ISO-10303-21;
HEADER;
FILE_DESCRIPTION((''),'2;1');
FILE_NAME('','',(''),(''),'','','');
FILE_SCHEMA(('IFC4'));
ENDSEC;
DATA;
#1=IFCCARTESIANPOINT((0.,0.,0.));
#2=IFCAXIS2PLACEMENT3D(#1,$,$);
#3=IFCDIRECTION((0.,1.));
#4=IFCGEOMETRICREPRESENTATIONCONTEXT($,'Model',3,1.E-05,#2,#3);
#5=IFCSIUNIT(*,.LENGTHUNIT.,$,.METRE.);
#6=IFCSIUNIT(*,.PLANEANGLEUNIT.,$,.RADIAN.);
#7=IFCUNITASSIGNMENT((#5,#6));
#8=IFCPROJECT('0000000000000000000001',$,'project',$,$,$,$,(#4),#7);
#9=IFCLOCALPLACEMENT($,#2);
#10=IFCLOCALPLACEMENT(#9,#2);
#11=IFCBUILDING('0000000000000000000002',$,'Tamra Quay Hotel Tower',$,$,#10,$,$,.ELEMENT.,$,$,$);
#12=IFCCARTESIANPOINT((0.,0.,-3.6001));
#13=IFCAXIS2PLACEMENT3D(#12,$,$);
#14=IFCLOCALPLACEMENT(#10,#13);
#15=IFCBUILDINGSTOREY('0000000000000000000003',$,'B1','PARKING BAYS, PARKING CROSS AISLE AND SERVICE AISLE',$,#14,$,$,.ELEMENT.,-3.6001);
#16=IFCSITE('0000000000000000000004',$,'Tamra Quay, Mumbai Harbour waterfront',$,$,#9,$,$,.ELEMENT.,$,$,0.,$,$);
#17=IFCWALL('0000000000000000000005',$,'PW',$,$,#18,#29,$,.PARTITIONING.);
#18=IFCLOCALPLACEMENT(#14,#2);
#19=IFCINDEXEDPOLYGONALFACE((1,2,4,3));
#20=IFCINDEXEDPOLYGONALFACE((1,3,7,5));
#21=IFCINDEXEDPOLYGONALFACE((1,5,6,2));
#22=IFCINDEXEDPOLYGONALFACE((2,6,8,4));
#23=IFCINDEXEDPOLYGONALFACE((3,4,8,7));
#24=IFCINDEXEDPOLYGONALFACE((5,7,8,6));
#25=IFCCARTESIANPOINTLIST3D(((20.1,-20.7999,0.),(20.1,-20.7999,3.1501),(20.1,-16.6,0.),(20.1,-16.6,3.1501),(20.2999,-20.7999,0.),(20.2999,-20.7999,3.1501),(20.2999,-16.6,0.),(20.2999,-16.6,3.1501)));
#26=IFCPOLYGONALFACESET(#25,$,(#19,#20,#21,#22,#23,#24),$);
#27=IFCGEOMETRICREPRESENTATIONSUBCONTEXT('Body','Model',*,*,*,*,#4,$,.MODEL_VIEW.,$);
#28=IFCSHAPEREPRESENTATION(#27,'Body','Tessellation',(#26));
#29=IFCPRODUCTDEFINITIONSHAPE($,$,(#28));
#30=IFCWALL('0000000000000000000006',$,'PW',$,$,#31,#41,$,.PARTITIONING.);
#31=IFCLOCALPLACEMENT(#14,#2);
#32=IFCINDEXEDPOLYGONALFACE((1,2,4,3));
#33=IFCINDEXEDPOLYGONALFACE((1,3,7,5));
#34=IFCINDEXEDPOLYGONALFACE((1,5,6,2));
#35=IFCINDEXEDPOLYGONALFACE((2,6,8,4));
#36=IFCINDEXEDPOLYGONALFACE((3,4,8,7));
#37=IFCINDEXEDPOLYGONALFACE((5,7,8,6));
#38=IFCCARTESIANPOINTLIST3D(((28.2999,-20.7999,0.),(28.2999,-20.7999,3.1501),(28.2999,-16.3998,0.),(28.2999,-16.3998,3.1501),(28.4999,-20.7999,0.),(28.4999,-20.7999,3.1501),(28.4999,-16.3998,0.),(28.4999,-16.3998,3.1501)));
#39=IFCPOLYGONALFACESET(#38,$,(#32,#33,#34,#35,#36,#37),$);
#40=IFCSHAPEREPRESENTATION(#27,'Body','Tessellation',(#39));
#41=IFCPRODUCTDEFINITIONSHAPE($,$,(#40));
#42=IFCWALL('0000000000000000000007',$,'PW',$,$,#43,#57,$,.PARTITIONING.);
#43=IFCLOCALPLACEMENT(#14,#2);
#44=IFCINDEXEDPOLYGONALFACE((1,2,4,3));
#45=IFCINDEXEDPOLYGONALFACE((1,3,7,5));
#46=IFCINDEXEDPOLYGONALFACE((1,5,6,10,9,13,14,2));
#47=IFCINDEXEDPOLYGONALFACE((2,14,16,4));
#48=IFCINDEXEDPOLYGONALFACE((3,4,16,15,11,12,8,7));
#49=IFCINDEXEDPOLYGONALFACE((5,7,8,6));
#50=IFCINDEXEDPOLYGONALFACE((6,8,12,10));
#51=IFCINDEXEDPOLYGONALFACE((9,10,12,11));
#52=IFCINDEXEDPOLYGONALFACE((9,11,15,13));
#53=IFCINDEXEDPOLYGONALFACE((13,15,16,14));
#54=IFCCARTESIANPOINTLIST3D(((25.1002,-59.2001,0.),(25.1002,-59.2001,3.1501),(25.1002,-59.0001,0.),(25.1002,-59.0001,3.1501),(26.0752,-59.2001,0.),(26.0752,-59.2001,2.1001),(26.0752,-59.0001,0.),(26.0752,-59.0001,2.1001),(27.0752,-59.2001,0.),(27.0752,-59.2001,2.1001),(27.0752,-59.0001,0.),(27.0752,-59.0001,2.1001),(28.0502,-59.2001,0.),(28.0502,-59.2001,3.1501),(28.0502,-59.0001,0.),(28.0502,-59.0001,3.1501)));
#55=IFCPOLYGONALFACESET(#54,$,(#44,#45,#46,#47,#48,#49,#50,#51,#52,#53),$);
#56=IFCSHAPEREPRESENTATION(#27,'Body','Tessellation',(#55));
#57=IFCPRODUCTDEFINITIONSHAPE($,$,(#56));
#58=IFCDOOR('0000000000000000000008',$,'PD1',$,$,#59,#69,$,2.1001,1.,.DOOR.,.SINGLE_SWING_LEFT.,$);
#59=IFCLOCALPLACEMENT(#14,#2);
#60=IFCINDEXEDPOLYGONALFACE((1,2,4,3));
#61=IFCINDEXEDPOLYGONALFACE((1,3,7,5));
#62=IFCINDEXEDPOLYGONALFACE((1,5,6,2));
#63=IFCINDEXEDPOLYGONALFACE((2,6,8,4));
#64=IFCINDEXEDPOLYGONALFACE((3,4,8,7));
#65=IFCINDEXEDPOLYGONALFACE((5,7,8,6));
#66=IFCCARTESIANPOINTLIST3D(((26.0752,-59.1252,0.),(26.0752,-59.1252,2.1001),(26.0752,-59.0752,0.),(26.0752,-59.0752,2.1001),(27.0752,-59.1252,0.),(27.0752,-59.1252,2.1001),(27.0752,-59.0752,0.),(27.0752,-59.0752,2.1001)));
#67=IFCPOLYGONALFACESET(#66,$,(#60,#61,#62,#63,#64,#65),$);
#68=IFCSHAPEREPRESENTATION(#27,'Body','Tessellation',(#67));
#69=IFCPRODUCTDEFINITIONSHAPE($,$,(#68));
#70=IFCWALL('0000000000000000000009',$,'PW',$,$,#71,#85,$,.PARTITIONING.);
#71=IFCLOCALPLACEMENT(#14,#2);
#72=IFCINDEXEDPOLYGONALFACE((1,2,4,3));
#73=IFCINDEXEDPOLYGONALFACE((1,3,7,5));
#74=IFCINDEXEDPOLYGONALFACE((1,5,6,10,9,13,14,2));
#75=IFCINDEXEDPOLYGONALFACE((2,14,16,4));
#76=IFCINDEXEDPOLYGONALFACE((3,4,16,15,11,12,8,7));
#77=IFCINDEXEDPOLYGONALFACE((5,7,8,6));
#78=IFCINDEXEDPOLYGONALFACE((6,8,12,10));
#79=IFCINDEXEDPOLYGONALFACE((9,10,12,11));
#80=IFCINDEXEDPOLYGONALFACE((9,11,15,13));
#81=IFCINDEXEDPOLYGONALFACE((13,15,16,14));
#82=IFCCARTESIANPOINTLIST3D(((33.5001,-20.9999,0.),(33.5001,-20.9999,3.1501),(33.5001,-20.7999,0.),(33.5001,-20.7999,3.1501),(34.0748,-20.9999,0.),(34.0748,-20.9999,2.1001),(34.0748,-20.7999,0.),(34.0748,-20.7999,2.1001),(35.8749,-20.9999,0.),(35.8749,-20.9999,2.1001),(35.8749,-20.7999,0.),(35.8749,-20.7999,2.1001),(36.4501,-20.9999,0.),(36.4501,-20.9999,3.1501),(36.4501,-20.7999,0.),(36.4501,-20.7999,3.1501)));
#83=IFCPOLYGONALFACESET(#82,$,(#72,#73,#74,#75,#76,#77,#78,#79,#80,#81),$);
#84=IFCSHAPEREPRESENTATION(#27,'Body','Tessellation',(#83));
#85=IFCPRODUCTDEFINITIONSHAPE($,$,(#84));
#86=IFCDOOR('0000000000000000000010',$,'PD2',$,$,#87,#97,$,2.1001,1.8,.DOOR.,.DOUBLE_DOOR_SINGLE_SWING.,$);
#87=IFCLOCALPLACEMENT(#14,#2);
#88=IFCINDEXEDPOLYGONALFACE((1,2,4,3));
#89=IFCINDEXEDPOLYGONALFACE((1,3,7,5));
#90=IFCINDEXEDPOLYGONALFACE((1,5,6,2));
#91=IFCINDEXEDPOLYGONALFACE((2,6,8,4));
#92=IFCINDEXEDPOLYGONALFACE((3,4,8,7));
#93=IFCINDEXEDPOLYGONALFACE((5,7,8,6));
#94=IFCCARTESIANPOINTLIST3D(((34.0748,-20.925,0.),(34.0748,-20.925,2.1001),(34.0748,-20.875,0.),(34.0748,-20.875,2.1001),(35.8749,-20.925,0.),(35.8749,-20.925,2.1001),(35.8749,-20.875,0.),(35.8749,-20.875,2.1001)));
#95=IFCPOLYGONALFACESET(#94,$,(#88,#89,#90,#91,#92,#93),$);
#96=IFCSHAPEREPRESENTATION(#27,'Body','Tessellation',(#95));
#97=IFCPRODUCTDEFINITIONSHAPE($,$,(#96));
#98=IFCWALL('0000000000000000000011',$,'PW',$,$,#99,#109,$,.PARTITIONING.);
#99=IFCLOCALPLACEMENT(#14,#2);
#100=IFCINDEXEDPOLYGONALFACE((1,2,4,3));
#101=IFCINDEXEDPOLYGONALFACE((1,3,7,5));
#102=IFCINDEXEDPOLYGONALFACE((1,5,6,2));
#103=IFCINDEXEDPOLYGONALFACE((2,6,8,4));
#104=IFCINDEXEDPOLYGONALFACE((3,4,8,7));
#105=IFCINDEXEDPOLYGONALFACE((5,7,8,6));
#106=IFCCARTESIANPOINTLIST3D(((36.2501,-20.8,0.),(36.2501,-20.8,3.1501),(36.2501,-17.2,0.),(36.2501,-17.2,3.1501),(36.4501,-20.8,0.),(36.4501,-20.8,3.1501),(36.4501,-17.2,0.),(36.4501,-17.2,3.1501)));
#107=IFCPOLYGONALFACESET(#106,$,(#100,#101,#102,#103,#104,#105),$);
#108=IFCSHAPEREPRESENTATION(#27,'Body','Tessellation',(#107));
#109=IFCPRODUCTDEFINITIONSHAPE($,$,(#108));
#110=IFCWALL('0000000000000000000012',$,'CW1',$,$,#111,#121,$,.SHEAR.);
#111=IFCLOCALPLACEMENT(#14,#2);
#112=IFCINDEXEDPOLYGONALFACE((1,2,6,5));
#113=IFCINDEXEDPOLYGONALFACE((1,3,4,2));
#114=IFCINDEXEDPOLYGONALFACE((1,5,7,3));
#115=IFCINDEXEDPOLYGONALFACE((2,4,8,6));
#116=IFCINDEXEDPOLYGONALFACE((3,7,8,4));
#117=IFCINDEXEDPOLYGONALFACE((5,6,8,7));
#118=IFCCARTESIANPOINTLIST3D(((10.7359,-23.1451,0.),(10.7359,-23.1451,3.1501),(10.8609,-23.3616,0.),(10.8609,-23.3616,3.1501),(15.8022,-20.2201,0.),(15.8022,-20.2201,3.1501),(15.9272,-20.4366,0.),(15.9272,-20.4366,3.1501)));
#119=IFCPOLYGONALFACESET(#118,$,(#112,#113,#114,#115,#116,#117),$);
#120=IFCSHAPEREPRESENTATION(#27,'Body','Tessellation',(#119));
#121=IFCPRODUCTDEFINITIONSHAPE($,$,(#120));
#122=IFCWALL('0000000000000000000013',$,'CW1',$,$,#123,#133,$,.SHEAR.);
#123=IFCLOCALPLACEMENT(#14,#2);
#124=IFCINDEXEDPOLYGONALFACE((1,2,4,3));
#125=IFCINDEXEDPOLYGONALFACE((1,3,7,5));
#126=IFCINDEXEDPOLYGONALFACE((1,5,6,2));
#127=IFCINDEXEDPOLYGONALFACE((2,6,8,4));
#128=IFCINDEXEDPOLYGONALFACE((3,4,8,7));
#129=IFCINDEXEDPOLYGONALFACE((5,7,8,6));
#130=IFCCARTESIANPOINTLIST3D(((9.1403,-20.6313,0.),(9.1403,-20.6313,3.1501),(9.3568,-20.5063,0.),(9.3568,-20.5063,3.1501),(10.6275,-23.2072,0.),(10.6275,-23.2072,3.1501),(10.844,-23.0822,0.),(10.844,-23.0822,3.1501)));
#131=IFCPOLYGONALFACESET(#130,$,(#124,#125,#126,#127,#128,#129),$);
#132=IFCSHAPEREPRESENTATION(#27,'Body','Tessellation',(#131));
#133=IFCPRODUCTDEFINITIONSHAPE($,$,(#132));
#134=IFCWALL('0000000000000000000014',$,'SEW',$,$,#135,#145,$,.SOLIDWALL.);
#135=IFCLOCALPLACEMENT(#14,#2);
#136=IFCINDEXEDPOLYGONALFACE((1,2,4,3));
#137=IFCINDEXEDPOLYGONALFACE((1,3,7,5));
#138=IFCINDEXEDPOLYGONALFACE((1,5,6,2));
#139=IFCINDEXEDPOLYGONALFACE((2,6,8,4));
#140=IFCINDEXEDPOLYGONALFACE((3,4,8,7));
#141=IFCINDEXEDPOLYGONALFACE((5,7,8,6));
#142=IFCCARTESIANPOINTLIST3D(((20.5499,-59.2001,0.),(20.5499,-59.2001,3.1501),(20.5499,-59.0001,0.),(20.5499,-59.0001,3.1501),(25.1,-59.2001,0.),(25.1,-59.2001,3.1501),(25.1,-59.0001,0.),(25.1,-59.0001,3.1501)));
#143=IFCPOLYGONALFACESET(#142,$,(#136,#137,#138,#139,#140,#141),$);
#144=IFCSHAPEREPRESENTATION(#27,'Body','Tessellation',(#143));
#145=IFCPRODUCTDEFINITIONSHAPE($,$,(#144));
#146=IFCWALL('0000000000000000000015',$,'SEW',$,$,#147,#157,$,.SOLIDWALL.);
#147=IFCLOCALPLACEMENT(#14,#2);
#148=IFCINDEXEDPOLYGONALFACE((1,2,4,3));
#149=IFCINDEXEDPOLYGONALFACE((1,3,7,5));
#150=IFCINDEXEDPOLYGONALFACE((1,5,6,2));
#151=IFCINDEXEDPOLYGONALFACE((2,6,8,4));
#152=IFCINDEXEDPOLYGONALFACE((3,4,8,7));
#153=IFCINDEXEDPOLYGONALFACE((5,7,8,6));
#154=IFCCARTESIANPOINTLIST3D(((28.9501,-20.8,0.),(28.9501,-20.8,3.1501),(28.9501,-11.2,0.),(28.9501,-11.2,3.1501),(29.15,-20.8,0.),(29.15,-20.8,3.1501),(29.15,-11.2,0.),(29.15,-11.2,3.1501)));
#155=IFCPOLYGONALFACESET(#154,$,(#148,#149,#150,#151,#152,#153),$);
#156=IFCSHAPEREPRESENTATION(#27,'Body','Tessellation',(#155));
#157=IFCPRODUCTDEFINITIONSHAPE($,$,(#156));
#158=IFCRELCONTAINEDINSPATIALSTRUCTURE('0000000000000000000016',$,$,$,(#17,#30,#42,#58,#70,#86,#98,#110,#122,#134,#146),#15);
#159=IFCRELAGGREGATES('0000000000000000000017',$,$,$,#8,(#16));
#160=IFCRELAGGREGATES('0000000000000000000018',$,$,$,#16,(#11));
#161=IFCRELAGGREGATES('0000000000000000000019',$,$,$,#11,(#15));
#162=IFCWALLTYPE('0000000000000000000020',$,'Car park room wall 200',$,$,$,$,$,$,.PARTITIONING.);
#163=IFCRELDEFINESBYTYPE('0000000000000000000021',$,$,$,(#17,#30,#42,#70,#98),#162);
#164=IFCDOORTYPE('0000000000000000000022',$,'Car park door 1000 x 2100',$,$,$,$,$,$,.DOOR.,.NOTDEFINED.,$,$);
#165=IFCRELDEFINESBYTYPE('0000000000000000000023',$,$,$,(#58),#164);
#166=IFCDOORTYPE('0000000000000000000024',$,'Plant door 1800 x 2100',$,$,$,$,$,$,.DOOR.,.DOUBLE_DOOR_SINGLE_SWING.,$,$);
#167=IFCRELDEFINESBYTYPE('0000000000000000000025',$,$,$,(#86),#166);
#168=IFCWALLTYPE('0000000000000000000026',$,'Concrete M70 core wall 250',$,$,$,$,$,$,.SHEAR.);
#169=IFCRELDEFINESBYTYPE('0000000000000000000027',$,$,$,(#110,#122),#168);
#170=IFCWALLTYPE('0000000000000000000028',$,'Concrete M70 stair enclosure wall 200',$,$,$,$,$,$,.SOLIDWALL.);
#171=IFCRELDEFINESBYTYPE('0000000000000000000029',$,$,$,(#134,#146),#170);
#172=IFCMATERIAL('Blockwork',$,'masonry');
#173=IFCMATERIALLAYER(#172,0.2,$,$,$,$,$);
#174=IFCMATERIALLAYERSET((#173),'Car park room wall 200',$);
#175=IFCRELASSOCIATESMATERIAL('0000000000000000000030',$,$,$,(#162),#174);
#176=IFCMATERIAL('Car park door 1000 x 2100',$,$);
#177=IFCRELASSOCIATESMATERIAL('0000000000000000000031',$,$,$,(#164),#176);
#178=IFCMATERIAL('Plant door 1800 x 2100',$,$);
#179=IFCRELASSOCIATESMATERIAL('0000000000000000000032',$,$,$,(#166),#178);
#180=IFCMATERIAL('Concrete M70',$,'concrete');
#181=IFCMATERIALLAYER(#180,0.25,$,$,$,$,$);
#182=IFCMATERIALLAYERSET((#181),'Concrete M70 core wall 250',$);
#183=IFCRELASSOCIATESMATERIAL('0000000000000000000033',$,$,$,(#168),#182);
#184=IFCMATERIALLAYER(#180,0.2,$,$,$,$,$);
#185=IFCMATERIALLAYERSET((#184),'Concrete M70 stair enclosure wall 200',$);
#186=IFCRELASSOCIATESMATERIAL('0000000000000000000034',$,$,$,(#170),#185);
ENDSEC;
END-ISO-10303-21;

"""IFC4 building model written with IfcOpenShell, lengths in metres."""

from ifc_helpers import new_model, si_unit, direction, frame, frame_2d, origin, place, context, subcontext, project, spatial, rectangle, extrude, material, layer, layer_set, type_object, element, fill, save


model = new_model("IFC4")

# Units and contexts
model_context = context("Model", 3, precision=1e-05, world=origin(), true_north=direction((0.0, 1.0)))
body_context = subcontext(model_context, "Body", "Model", "MODEL_VIEW")
ifc_project = project(units=[si_unit("LENGTHUNIT", "METRE"), si_unit("PLANEANGLEUNIT", "RADIAN")], contexts=[model_context])

# Site, building, storey
site_placement = place(None, origin())
site = spatial("IfcSite", under=ifc_project, at=site_placement, Name="Tamra Quay, Mumbai Harbour waterfront", CompositionType="ELEMENT", RefElevation=0.0)
building_placement = place(site_placement, origin())
building = spatial("IfcBuilding", under=site, at=building_placement, Name="Tamra Quay Hotel Tower", CompositionType="ELEMENT")
storey_placement = place(building_placement, frame((0.0, 0.0, -3.6001)))
storey = spatial("IfcBuildingStorey", under=building, at=storey_placement, Name="B1", Description="PARKING BAYS, PARKING CROSS AISLE AND SERVICE AISLE", CompositionType="ELEMENT", Elevation=-3.6001)

# Shared definitions
ifc_material_1 = material(Name="Concrete M70", Category="concrete")

# Shared definitions
ifc_material_2 = material(Name="Blockwork", Category="masonry")
ifc_layer_1 = layer(ifc_material_2, 0.2)
ifc_layer_set_1 = layer_set([ifc_layer_1], Name="Car park room wall 200")
wall_type_1 = type_object("IfcWallType", Name="Car park room wall 200", PredefinedType="PARTITIONING", material=ifc_layer_set_1)

# Shared definitions
ifc_material_3 = material(Name="Car park door 1000 x 2100")
door_type_1 = type_object("IfcDoorType", Name="Car park door 1000 x 2100", OperationType="NOTDEFINED", PredefinedType="DOOR", material=ifc_material_3)

# Walls
wall_1_placement = place(storey_placement, frame((20.2, -20.8, 0.0), z_axis=(0.0, 0.0, 1.0), x_axis=(0.0, 1.0, 0.0)))
element("IfcWall", 1, at=wall_1_placement, inside=storey, type_object=wall_type_1, Name="PW", PredefinedType="PARTITIONING", context=body_context, shape_type="SweptSolid", body=[
    extrude(rectangle(XDim=4.2, YDim=0.2, at=frame_2d((2.1001, 0.0))), origin(), (0.0, 0.0, 1.0), 3.1501),
])
wall_2_placement = place(storey_placement, frame((28.3999, -20.8, 0.0), z_axis=(0.0, 0.0, 1.0), x_axis=(0.0, 1.0, 0.0)))
element("IfcWall", 2, at=wall_2_placement, inside=storey, type_object=wall_type_1, Name="PW", PredefinedType="PARTITIONING", context=body_context, shape_type="SweptSolid", body=[
    extrude(rectangle(XDim=4.4001, YDim=0.2, at=frame_2d((2.2002, 0.0))), origin(), (0.0, 0.0, 1.0), 3.1501),
])

# Walls, openings, doors
wall_3_placement = place(storey_placement, frame((25.1001, -59.1001, 0.0), z_axis=(0.0, 0.0, 1.0), x_axis=(1.0, 0.0, 0.0)))
wall_3 = element("IfcWall", 3, at=wall_3_placement, inside=storey, type_object=wall_type_1, Name="PW", PredefinedType="PARTITIONING", context=body_context, shape_type="SweptSolid", body=[
    extrude(rectangle(XDim=2.95, YDim=0.2, at=frame_2d((1.4751, 0.0))), origin(), (0.0, 0.0, 1.0), 3.1501),
])
opening_1_placement = place(wall_3_placement, frame((0.9751, 0.0, 0.0)))
opening_1 = element("IfcOpeningElement", 4, at=opening_1_placement, cuts=wall_3, PredefinedType="OPENING", context=body_context, shape_type="SweptSolid", body=[
    extrude(rectangle(XDim=1.0, YDim=2.1001, at=frame_2d((0.5, 1.05))), frame((0.0, 0.1099, 0.0), z_axis=(0.0, -1.0, 0.0), x_axis=(1.0, 0.0, 0.0)), (0.0, 0.0, 1.0), 0.22),
])
door_1_placement = place(opening_1_placement, origin())
door_1 = element("IfcDoor", 5, at=door_1_placement, inside=storey, type_object=door_type_1, Name="PD1", OperationType="SINGLE_SWING_LEFT", OverallHeight=2.1001, OverallWidth=1.0, PredefinedType="DOOR", context=body_context, shape_type="SweptSolid", body=[
    extrude(rectangle(XDim=1.0, YDim=2.1001, at=frame_2d((0.5, 1.05))), frame((0.0, 0.0249, 0.0), z_axis=(0.0, -1.0, 0.0), x_axis=(1.0, 0.0, 0.0)), (0.0, 0.0, 1.0), 0.05),
])
fill(opening_1, door_1)
wall_4_placement = place(storey_placement, frame((33.5, -20.8999, 0.0), z_axis=(0.0, 0.0, 1.0), x_axis=(1.0, 0.0, 0.0)))
wall_4 = element("IfcWall", 6, at=wall_4_placement, inside=storey, type_object=wall_type_1, Name="PW", PredefinedType="PARTITIONING", context=body_context, shape_type="SweptSolid", body=[
    extrude(rectangle(XDim=2.95, YDim=0.2, at=frame_2d((1.4751, 0.0))), origin(), (0.0, 0.0, 1.0), 3.1501),
])
opening_2_placement = place(wall_4_placement, frame((0.575, 0.0, 0.0)))
opening_2 = element("IfcOpeningElement", 7, at=opening_2_placement, cuts=wall_4, PredefinedType="OPENING", context=body_context, shape_type="SweptSolid", body=[
    extrude(rectangle(XDim=1.8, YDim=2.1001, at=frame_2d((0.8999, 1.05))), frame((0.0, 0.1099, 0.0), z_axis=(0.0, -1.0, 0.0), x_axis=(1.0, 0.0, 0.0)), (0.0, 0.0, 1.0), 0.22),
])
ifc_material_4 = material(Name="Plant door 1800 x 2100")
door_type_2 = type_object("IfcDoorType", Name="Plant door 1800 x 2100", OperationType="DOUBLE_DOOR_SINGLE_SWING", PredefinedType="DOOR", material=ifc_material_4)
door_2_placement = place(opening_2_placement, origin())
door_2 = element("IfcDoor", 8, at=door_2_placement, inside=storey, type_object=door_type_2, Name="PD2", OperationType="DOUBLE_DOOR_SINGLE_SWING", OverallHeight=2.1001, OverallWidth=1.8, PredefinedType="DOOR", context=body_context, shape_type="SweptSolid", body=[
    extrude(rectangle(XDim=1.8, YDim=2.1001, at=frame_2d((0.8999, 1.05))), frame((0.0, 0.0249, 0.0), z_axis=(0.0, -1.0, 0.0), x_axis=(1.0, 0.0, 0.0)), (0.0, 0.0, 1.0), 0.05),
])
fill(opening_2, door_2)

# Walls
wall_5_placement = place(storey_placement, frame((36.3501, -20.8, 0.0), z_axis=(0.0, 0.0, 1.0), x_axis=(0.0, 1.0, 0.0)))
element("IfcWall", 9, at=wall_5_placement, inside=storey, type_object=wall_type_1, Name="PW", PredefinedType="PARTITIONING", context=body_context, shape_type="SweptSolid", body=[
    extrude(rectangle(XDim=3.6001, YDim=0.2, at=frame_2d((1.8, 0.0))), origin(), (0.0, 0.0, 1.0), 3.1501),
])
ifc_layer_2 = layer(ifc_material_1, 0.25)
ifc_layer_set_2 = layer_set([ifc_layer_2], Name="Concrete M70 core wall 250")
wall_type_2 = type_object("IfcWallType", Name="Concrete M70 core wall 250", PredefinedType="SHEAR", material=ifc_layer_set_2)
wall_6_placement = place(storey_placement, frame((15.8647, -20.3284, 0.0), z_axis=(0.0, 0.0, 1.0), x_axis=(-0.866029, -0.499995, 0.0)))
element("IfcWall", 10, at=wall_6_placement, inside=storey, type_object=wall_type_2, Name="CW1", PredefinedType="SHEAR", context=body_context, shape_type="SweptSolid", body=[
    extrude(rectangle(XDim=5.8501, YDim=0.25, at=frame_2d((2.925, 0.0))), origin(), (0.0, 0.0, 1.0), 3.1501),
])
wall_7_placement = place(storey_placement, frame((10.7358, -23.1448, 0.0), z_axis=(0.0, 0.0, 1.0), x_axis=(-0.500023, 0.866012, 0.0)))
element("IfcWall", 11, at=wall_7_placement, inside=storey, type_object=wall_type_2, Name="CW1", PredefinedType="SHEAR", context=body_context, shape_type="SweptSolid", body=[
    extrude(rectangle(XDim=2.9744, YDim=0.25, at=frame_2d((1.4873, 0.0))), origin(), (0.0, 0.0, 1.0), 3.1501),
])
ifc_layer_3 = layer(ifc_material_1, 0.2)
ifc_layer_set_3 = layer_set([ifc_layer_3], Name="Concrete M70 stair enclosure wall 200")
wall_type_3 = type_object("IfcWallType", Name="Concrete M70 stair enclosure wall 200", PredefinedType="SOLIDWALL", material=ifc_layer_set_3)
wall_8_placement = place(storey_placement, frame((20.55, -59.1001, 0.0), z_axis=(0.0, 0.0, 1.0), x_axis=(1.0, 0.0, 0.0)))
element("IfcWall", 12, at=wall_8_placement, inside=storey, type_object=wall_type_3, Name="SEW", PredefinedType="SOLIDWALL", context=body_context, shape_type="SweptSolid", body=[
    extrude(rectangle(XDim=4.55, YDim=0.2, at=frame_2d((2.2749, 0.0))), origin(), (0.0, 0.0, 1.0), 3.1501),
])
wall_9_placement = place(storey_placement, frame((29.05, -20.8, 0.0), z_axis=(0.0, 0.0, 1.0), x_axis=(0.0, 1.0, 0.0)))
element("IfcWall", 13, at=wall_9_placement, inside=storey, type_object=wall_type_3, Name="SEW", PredefinedType="SOLIDWALL", context=body_context, shape_type="SweptSolid", body=[
    extrude(rectangle(XDim=9.6001, YDim=0.2, at=frame_2d((4.8, 0.0))), origin(), (0.0, 0.0, 1.0), 3.1501),
])

save(model, "model.ifc")
